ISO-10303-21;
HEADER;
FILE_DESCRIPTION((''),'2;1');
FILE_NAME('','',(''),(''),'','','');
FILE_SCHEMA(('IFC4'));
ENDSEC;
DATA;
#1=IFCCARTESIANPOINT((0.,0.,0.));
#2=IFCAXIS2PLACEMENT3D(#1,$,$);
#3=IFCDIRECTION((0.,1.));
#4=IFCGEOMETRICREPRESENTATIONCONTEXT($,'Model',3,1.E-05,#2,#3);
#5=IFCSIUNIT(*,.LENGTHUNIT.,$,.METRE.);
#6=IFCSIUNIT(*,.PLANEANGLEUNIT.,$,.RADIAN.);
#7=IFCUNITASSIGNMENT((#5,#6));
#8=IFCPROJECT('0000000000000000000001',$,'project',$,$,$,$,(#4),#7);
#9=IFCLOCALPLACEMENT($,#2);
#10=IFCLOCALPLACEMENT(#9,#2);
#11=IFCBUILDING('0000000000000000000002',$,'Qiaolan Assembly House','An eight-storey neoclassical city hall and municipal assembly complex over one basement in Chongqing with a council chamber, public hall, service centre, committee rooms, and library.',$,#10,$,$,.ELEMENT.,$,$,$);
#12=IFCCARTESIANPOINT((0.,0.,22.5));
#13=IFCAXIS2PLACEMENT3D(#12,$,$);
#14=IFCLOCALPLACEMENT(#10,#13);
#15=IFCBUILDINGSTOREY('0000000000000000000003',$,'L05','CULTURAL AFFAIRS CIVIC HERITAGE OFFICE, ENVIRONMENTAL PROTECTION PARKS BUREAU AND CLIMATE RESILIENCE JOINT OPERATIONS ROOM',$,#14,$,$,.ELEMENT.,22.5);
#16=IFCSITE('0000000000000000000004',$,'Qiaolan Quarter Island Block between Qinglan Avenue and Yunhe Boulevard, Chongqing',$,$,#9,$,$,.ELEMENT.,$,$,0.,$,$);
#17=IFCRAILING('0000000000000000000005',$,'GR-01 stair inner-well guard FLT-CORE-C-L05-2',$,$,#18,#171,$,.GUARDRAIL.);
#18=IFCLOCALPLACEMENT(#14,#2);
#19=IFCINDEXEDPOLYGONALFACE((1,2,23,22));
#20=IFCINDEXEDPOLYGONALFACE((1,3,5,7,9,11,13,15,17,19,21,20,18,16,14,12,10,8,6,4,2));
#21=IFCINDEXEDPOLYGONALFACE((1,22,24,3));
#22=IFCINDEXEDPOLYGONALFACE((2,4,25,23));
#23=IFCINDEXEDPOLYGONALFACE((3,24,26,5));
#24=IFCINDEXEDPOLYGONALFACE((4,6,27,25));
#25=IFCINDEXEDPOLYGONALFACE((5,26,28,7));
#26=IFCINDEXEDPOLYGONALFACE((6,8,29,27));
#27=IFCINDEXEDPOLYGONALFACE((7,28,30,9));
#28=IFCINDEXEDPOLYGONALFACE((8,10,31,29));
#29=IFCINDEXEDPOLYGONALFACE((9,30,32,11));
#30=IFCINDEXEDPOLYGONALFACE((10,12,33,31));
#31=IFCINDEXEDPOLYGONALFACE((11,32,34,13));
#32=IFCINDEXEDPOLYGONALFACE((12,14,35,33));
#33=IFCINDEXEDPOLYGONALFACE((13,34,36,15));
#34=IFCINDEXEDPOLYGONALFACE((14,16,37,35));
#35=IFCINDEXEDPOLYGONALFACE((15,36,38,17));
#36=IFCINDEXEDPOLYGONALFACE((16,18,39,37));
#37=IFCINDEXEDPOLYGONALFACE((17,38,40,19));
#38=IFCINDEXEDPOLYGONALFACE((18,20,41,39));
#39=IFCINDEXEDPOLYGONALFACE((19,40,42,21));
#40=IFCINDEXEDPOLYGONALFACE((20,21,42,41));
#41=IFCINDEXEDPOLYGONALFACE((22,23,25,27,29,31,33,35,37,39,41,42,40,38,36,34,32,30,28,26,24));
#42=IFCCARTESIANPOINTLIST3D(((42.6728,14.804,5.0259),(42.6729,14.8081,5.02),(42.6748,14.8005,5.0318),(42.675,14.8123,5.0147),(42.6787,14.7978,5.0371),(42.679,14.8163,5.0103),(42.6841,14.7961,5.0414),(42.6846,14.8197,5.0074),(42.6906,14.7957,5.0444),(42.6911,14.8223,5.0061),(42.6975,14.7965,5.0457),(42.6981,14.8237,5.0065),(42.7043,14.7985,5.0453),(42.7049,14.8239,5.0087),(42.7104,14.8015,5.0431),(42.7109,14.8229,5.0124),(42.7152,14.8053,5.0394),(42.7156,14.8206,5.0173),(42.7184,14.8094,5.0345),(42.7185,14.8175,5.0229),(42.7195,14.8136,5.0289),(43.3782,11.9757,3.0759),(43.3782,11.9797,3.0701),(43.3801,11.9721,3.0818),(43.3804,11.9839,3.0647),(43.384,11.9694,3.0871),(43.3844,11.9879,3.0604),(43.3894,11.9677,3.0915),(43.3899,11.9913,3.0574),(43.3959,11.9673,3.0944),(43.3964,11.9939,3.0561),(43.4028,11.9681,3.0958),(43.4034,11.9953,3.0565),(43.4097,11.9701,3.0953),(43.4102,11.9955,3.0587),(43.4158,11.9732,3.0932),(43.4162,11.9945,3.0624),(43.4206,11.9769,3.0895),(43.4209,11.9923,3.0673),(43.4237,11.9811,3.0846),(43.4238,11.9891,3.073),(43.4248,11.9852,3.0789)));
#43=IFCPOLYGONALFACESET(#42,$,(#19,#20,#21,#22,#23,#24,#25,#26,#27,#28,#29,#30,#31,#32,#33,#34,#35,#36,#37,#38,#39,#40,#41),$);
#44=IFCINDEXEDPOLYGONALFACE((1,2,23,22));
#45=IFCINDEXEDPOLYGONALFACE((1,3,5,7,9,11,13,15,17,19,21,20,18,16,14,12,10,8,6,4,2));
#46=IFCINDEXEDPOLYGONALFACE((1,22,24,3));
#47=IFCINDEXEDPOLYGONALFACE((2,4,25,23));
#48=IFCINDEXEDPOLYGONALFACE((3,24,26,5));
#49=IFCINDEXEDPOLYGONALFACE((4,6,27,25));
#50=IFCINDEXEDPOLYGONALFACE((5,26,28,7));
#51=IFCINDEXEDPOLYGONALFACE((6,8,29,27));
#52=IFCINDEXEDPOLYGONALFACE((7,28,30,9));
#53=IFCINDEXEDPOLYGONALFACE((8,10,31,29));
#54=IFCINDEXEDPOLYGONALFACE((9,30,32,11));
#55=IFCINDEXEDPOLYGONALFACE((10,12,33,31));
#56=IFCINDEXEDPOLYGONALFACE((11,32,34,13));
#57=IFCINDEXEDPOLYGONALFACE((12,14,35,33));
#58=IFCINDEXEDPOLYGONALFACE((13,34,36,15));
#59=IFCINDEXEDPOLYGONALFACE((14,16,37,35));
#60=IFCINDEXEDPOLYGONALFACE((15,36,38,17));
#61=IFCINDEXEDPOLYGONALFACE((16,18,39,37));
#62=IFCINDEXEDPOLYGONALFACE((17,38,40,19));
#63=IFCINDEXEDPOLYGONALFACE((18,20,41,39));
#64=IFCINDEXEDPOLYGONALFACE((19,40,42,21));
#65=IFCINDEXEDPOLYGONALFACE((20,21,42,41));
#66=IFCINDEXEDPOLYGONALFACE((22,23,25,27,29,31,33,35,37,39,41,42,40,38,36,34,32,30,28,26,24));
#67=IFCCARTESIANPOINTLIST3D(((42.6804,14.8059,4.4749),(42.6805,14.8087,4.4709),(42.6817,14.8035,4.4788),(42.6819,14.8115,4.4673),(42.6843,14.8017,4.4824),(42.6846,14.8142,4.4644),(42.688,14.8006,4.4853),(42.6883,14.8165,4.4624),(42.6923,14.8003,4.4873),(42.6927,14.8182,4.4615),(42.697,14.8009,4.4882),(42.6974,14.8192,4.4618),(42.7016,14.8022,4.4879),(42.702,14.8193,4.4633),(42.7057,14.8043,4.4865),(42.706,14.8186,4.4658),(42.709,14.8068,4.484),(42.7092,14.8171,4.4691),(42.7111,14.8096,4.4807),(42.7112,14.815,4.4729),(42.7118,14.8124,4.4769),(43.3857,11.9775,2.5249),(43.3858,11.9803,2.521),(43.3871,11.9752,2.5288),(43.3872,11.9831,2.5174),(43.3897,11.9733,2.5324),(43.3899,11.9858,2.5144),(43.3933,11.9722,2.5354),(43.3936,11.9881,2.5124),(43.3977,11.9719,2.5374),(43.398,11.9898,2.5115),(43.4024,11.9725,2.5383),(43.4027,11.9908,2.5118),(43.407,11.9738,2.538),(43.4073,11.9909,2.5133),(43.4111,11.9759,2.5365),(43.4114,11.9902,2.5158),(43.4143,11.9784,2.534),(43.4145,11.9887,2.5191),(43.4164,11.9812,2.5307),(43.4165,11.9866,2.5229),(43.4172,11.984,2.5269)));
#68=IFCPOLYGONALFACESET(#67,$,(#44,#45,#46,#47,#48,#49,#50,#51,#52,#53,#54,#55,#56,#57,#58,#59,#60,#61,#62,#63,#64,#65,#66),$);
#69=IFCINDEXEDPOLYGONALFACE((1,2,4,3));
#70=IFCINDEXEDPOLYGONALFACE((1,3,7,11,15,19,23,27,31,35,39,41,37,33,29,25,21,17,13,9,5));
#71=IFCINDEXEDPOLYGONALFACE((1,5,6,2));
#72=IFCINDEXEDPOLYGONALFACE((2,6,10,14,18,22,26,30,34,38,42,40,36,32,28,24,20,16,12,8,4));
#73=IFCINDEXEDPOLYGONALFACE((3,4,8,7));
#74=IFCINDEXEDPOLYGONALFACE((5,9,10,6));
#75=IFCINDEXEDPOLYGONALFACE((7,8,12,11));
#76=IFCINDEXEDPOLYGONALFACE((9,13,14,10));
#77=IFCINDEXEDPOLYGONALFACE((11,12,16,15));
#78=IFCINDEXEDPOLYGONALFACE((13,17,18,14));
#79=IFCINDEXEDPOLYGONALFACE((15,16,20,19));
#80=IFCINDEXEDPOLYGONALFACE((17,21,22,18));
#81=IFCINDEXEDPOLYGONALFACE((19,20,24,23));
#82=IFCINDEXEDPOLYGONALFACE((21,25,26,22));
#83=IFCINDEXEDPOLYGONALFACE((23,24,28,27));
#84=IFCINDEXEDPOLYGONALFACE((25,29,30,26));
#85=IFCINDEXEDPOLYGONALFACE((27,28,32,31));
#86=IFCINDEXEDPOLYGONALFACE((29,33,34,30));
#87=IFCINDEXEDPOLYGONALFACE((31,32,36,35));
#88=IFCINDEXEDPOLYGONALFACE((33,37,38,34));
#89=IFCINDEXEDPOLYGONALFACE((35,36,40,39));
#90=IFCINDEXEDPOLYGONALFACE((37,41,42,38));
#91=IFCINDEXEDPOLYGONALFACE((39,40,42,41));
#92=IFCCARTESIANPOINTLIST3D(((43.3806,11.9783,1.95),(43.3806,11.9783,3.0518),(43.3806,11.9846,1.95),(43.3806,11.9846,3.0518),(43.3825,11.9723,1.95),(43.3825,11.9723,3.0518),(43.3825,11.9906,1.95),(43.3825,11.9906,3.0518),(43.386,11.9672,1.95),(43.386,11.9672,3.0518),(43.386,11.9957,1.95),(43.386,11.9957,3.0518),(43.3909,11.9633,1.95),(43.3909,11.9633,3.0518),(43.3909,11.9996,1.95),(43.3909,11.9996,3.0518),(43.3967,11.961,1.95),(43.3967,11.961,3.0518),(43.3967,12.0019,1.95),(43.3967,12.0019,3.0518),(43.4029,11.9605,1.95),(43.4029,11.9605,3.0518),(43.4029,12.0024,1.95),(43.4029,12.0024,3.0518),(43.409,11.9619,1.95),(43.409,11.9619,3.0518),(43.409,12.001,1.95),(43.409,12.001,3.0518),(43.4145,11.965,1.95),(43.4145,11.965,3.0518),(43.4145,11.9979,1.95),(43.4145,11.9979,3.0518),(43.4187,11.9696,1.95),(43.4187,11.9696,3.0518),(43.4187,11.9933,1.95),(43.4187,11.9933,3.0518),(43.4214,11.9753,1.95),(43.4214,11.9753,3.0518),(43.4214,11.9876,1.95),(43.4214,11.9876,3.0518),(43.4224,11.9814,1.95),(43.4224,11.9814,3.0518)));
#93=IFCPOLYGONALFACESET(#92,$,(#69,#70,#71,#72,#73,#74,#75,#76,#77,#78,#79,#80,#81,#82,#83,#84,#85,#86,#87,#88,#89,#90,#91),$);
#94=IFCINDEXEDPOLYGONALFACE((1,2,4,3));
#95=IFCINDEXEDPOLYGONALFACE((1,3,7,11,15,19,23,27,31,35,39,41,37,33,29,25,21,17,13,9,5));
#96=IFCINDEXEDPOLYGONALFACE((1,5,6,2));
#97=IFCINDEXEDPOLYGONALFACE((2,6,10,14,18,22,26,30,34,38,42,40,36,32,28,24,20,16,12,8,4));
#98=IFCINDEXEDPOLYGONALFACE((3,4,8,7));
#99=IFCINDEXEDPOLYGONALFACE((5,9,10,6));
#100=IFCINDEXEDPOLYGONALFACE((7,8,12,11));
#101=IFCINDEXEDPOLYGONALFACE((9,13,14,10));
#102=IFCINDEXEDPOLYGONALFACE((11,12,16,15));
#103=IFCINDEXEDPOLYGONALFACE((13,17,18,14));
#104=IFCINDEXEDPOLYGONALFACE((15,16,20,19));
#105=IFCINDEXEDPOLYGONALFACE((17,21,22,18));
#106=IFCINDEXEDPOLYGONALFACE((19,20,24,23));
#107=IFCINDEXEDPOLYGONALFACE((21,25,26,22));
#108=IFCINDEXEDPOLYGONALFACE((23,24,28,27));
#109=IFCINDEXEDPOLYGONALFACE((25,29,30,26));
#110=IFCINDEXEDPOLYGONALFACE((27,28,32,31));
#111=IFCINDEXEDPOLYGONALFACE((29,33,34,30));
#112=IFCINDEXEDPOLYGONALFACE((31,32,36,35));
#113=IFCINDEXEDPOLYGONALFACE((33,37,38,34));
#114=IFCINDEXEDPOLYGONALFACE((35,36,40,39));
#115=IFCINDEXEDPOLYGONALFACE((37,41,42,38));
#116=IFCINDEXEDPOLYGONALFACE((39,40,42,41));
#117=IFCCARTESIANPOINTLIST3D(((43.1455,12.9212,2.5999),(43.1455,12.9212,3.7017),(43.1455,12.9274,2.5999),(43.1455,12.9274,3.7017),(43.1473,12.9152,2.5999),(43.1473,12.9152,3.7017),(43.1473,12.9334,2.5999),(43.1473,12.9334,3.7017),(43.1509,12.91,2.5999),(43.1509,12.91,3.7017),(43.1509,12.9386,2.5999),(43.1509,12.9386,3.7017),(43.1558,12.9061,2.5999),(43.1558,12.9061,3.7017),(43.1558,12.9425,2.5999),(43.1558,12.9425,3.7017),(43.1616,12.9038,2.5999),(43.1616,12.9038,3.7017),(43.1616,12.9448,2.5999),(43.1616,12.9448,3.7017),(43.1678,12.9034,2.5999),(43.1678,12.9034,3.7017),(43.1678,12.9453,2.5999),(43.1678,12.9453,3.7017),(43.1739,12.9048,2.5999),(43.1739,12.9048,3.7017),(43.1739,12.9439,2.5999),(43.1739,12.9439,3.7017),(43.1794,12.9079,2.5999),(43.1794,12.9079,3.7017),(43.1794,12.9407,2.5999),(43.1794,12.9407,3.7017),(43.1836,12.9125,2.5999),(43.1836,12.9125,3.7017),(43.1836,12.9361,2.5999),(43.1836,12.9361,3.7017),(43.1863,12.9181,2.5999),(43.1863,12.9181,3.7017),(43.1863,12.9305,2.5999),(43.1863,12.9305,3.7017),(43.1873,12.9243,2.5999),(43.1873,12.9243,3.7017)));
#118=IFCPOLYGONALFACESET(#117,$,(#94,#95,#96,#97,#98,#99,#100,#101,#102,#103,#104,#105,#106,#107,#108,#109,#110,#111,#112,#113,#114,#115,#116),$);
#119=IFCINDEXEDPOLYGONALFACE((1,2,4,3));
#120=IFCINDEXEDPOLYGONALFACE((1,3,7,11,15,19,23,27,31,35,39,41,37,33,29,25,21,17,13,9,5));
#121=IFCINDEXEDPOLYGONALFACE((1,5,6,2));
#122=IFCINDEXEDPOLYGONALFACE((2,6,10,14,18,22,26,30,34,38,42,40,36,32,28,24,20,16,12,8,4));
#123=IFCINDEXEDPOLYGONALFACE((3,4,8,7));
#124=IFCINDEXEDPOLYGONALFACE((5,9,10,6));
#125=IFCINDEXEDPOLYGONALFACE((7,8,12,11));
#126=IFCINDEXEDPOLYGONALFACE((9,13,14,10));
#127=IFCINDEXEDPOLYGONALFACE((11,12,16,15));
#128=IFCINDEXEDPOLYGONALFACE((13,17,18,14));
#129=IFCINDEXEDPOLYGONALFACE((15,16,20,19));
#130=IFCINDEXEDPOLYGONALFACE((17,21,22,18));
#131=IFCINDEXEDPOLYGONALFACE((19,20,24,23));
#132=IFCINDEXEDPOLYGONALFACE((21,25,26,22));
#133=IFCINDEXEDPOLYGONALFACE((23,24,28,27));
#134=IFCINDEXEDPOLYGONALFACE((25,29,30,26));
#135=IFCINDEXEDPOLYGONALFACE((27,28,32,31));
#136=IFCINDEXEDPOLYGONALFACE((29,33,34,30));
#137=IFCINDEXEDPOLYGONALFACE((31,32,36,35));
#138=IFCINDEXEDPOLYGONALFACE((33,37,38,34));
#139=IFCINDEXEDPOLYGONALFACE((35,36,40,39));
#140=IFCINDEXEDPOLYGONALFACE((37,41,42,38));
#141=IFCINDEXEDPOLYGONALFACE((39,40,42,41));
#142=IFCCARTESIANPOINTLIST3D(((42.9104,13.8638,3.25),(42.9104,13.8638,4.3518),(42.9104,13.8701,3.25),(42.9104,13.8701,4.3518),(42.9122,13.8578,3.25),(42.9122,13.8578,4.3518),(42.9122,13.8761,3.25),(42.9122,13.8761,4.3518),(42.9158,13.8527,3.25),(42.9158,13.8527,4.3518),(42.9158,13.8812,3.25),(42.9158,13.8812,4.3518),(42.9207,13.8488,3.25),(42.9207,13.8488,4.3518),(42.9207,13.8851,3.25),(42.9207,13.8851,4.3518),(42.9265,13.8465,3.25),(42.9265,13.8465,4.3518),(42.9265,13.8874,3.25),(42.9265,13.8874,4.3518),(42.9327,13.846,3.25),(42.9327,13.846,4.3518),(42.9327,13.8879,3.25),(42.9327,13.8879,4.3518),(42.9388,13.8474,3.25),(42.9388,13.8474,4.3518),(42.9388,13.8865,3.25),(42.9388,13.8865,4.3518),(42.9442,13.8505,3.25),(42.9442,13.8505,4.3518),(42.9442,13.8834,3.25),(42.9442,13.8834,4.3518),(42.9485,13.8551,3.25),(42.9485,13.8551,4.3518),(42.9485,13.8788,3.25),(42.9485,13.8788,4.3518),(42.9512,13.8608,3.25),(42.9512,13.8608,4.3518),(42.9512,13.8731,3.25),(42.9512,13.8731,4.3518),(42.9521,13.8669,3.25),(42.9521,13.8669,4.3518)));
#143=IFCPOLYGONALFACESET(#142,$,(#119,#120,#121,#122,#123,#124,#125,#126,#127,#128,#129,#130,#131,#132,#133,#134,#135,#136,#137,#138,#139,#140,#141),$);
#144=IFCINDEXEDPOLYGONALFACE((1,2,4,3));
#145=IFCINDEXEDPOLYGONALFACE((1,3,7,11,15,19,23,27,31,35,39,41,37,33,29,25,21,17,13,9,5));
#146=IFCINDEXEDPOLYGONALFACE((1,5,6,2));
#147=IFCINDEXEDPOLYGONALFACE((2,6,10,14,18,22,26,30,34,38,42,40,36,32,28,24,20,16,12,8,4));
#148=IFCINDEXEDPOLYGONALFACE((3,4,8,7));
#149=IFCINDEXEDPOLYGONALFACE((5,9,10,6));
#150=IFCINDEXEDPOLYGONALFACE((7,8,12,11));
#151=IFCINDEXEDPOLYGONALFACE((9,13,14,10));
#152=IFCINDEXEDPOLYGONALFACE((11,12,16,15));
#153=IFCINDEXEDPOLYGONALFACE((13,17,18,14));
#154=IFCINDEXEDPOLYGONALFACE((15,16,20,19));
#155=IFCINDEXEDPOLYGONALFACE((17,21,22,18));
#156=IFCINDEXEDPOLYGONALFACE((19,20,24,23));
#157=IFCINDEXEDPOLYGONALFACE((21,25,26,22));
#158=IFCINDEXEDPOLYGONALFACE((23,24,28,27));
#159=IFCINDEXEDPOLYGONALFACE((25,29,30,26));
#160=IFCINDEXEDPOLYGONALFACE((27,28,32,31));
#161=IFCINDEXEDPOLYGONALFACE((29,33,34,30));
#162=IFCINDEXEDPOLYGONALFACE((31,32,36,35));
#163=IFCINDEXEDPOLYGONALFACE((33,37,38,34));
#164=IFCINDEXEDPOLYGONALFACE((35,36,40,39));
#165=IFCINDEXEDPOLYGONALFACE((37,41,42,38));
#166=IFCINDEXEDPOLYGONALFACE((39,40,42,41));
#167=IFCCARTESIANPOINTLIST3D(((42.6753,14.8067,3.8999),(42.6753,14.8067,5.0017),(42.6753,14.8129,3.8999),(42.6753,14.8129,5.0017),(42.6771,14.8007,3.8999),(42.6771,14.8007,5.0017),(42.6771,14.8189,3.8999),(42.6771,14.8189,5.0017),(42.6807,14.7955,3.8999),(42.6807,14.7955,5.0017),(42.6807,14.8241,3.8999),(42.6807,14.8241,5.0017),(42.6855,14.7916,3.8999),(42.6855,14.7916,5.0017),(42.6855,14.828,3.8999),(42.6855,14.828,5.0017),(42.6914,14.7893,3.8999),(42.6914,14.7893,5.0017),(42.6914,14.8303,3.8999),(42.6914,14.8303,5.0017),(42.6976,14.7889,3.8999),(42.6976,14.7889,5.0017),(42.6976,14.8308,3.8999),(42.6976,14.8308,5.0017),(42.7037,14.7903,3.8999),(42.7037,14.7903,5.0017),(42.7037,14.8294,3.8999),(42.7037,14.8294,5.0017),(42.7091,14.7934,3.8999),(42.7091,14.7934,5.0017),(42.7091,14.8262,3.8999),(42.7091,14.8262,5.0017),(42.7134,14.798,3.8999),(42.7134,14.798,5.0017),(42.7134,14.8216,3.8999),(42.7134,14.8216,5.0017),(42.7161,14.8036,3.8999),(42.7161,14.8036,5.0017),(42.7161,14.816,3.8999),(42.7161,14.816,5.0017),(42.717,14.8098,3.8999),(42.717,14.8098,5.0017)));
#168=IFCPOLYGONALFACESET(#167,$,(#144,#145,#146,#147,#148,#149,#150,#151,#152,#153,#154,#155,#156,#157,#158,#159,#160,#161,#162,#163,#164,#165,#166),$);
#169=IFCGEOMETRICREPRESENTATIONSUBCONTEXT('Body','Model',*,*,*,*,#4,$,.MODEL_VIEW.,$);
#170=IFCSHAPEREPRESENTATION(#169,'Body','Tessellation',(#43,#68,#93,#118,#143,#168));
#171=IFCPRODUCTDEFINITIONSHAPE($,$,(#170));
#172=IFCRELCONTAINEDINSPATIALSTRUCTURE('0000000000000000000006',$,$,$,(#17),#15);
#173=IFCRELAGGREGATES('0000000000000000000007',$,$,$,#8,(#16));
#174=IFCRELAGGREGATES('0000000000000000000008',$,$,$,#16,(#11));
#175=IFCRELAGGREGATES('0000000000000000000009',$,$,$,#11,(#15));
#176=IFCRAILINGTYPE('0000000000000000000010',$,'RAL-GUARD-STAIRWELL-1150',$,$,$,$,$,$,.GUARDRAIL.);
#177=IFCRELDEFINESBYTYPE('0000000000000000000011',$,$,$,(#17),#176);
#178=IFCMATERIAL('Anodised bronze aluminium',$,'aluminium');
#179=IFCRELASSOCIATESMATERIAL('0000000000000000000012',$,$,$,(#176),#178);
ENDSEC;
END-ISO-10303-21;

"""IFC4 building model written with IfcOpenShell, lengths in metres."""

from ifc_helpers import new_model, si_unit, direction, frame, origin, origin_2d, place, context, subcontext, project, spatial, circle, extrude, material, type_object, element, save


model = new_model("IFC4")

# Units and contexts
model_context = context("Model", 3, precision=1e-05, world=origin(), true_north=direction((0.0, 1.0)))
body_context = subcontext(model_context, "Body", "Model", "MODEL_VIEW")
ifc_project = project(units=[si_unit("LENGTHUNIT", "METRE"), si_unit("PLANEANGLEUNIT", "RADIAN")], contexts=[model_context])

# Site, building, storey
site_placement = place(None, origin())
site = spatial("IfcSite", under=ifc_project, at=site_placement, Name="Qiaolan Quarter Island Block between Qinglan Avenue and Yunhe Boulevard, Chongqing", CompositionType="ELEMENT", RefElevation=0.0)
building_placement = place(site_placement, origin())
building = spatial("IfcBuilding", under=site, at=building_placement, Name="Qiaolan Assembly House", Description="An eight-storey neoclassical city hall and municipal assembly complex over one basement in Chongqing with a council chamber, public hall, service centre, committee rooms, and library.", CompositionType="ELEMENT")
storey_placement = place(building_placement, frame((0.0, 0.0, 22.5)))
storey = spatial("IfcBuildingStorey", under=building, at=storey_placement, Name="L05", Description="CULTURAL AFFAIRS CIVIC HERITAGE OFFICE, ENVIRONMENTAL PROTECTION PARKS BUREAU AND CLIMATE RESILIENCE JOINT OPERATIONS ROOM", CompositionType="ELEMENT", Elevation=22.5)

# Railing
ifc_material_1 = material(Name="Anodised bronze aluminium", Category="aluminium")
railing_type_1 = type_object("IfcRailingType", Name="RAL-GUARD-STAIRWELL-1150", PredefinedType="GUARDRAIL", material=ifc_material_1)
railing_1_placement = place(storey_placement, frame((43.4014, 11.9814, 1.95)))
element("IfcRailing", 1, at=railing_1_placement, inside=storey, type_object=railing_type_1, Name="GR-01 stair inner-well guard FLT-CORE-C-L05-2", PredefinedType="GUARDRAIL", context=body_context, shape_type="SweptSolid", body=[
    extrude(circle(Radius=0.0239, at=origin_2d()), frame((0.0, 0.0, 1.126), z_axis=(-0.201115, 0.806479, 0.556008), x_axis=(-0.970285, -0.241964, 0.0)), (0.0, 0.0, 1.0), 3.5071),
    extrude(circle(Radius=0.0161, at=origin_2d()), frame((0.0, 0.0, 0.575), z_axis=(-0.201115, 0.806479, 0.556008), x_axis=(-0.970285, -0.241964, 0.0)), (0.0, 0.0, 1.0), 3.5071),
    extrude(circle(Radius=0.021, at=origin_2d()), origin(), (0.0, 0.0, 1.0), 1.1018),
    extrude(circle(Radius=0.021, at=origin_2d()), frame((-0.2351, 0.9429, 0.6499)), (0.0, 0.0, 1.0), 1.1018),
    extrude(circle(Radius=0.021, at=origin_2d()), frame((-0.4702, 1.8855, 1.3)), (0.0, 0.0, 1.0), 1.1018),
    extrude(circle(Radius=0.021, at=origin_2d()), frame((-0.7053, 2.8284, 1.95)), (0.0, 0.0, 1.0), 1.1018),
])

save(model, "model.ifc")
